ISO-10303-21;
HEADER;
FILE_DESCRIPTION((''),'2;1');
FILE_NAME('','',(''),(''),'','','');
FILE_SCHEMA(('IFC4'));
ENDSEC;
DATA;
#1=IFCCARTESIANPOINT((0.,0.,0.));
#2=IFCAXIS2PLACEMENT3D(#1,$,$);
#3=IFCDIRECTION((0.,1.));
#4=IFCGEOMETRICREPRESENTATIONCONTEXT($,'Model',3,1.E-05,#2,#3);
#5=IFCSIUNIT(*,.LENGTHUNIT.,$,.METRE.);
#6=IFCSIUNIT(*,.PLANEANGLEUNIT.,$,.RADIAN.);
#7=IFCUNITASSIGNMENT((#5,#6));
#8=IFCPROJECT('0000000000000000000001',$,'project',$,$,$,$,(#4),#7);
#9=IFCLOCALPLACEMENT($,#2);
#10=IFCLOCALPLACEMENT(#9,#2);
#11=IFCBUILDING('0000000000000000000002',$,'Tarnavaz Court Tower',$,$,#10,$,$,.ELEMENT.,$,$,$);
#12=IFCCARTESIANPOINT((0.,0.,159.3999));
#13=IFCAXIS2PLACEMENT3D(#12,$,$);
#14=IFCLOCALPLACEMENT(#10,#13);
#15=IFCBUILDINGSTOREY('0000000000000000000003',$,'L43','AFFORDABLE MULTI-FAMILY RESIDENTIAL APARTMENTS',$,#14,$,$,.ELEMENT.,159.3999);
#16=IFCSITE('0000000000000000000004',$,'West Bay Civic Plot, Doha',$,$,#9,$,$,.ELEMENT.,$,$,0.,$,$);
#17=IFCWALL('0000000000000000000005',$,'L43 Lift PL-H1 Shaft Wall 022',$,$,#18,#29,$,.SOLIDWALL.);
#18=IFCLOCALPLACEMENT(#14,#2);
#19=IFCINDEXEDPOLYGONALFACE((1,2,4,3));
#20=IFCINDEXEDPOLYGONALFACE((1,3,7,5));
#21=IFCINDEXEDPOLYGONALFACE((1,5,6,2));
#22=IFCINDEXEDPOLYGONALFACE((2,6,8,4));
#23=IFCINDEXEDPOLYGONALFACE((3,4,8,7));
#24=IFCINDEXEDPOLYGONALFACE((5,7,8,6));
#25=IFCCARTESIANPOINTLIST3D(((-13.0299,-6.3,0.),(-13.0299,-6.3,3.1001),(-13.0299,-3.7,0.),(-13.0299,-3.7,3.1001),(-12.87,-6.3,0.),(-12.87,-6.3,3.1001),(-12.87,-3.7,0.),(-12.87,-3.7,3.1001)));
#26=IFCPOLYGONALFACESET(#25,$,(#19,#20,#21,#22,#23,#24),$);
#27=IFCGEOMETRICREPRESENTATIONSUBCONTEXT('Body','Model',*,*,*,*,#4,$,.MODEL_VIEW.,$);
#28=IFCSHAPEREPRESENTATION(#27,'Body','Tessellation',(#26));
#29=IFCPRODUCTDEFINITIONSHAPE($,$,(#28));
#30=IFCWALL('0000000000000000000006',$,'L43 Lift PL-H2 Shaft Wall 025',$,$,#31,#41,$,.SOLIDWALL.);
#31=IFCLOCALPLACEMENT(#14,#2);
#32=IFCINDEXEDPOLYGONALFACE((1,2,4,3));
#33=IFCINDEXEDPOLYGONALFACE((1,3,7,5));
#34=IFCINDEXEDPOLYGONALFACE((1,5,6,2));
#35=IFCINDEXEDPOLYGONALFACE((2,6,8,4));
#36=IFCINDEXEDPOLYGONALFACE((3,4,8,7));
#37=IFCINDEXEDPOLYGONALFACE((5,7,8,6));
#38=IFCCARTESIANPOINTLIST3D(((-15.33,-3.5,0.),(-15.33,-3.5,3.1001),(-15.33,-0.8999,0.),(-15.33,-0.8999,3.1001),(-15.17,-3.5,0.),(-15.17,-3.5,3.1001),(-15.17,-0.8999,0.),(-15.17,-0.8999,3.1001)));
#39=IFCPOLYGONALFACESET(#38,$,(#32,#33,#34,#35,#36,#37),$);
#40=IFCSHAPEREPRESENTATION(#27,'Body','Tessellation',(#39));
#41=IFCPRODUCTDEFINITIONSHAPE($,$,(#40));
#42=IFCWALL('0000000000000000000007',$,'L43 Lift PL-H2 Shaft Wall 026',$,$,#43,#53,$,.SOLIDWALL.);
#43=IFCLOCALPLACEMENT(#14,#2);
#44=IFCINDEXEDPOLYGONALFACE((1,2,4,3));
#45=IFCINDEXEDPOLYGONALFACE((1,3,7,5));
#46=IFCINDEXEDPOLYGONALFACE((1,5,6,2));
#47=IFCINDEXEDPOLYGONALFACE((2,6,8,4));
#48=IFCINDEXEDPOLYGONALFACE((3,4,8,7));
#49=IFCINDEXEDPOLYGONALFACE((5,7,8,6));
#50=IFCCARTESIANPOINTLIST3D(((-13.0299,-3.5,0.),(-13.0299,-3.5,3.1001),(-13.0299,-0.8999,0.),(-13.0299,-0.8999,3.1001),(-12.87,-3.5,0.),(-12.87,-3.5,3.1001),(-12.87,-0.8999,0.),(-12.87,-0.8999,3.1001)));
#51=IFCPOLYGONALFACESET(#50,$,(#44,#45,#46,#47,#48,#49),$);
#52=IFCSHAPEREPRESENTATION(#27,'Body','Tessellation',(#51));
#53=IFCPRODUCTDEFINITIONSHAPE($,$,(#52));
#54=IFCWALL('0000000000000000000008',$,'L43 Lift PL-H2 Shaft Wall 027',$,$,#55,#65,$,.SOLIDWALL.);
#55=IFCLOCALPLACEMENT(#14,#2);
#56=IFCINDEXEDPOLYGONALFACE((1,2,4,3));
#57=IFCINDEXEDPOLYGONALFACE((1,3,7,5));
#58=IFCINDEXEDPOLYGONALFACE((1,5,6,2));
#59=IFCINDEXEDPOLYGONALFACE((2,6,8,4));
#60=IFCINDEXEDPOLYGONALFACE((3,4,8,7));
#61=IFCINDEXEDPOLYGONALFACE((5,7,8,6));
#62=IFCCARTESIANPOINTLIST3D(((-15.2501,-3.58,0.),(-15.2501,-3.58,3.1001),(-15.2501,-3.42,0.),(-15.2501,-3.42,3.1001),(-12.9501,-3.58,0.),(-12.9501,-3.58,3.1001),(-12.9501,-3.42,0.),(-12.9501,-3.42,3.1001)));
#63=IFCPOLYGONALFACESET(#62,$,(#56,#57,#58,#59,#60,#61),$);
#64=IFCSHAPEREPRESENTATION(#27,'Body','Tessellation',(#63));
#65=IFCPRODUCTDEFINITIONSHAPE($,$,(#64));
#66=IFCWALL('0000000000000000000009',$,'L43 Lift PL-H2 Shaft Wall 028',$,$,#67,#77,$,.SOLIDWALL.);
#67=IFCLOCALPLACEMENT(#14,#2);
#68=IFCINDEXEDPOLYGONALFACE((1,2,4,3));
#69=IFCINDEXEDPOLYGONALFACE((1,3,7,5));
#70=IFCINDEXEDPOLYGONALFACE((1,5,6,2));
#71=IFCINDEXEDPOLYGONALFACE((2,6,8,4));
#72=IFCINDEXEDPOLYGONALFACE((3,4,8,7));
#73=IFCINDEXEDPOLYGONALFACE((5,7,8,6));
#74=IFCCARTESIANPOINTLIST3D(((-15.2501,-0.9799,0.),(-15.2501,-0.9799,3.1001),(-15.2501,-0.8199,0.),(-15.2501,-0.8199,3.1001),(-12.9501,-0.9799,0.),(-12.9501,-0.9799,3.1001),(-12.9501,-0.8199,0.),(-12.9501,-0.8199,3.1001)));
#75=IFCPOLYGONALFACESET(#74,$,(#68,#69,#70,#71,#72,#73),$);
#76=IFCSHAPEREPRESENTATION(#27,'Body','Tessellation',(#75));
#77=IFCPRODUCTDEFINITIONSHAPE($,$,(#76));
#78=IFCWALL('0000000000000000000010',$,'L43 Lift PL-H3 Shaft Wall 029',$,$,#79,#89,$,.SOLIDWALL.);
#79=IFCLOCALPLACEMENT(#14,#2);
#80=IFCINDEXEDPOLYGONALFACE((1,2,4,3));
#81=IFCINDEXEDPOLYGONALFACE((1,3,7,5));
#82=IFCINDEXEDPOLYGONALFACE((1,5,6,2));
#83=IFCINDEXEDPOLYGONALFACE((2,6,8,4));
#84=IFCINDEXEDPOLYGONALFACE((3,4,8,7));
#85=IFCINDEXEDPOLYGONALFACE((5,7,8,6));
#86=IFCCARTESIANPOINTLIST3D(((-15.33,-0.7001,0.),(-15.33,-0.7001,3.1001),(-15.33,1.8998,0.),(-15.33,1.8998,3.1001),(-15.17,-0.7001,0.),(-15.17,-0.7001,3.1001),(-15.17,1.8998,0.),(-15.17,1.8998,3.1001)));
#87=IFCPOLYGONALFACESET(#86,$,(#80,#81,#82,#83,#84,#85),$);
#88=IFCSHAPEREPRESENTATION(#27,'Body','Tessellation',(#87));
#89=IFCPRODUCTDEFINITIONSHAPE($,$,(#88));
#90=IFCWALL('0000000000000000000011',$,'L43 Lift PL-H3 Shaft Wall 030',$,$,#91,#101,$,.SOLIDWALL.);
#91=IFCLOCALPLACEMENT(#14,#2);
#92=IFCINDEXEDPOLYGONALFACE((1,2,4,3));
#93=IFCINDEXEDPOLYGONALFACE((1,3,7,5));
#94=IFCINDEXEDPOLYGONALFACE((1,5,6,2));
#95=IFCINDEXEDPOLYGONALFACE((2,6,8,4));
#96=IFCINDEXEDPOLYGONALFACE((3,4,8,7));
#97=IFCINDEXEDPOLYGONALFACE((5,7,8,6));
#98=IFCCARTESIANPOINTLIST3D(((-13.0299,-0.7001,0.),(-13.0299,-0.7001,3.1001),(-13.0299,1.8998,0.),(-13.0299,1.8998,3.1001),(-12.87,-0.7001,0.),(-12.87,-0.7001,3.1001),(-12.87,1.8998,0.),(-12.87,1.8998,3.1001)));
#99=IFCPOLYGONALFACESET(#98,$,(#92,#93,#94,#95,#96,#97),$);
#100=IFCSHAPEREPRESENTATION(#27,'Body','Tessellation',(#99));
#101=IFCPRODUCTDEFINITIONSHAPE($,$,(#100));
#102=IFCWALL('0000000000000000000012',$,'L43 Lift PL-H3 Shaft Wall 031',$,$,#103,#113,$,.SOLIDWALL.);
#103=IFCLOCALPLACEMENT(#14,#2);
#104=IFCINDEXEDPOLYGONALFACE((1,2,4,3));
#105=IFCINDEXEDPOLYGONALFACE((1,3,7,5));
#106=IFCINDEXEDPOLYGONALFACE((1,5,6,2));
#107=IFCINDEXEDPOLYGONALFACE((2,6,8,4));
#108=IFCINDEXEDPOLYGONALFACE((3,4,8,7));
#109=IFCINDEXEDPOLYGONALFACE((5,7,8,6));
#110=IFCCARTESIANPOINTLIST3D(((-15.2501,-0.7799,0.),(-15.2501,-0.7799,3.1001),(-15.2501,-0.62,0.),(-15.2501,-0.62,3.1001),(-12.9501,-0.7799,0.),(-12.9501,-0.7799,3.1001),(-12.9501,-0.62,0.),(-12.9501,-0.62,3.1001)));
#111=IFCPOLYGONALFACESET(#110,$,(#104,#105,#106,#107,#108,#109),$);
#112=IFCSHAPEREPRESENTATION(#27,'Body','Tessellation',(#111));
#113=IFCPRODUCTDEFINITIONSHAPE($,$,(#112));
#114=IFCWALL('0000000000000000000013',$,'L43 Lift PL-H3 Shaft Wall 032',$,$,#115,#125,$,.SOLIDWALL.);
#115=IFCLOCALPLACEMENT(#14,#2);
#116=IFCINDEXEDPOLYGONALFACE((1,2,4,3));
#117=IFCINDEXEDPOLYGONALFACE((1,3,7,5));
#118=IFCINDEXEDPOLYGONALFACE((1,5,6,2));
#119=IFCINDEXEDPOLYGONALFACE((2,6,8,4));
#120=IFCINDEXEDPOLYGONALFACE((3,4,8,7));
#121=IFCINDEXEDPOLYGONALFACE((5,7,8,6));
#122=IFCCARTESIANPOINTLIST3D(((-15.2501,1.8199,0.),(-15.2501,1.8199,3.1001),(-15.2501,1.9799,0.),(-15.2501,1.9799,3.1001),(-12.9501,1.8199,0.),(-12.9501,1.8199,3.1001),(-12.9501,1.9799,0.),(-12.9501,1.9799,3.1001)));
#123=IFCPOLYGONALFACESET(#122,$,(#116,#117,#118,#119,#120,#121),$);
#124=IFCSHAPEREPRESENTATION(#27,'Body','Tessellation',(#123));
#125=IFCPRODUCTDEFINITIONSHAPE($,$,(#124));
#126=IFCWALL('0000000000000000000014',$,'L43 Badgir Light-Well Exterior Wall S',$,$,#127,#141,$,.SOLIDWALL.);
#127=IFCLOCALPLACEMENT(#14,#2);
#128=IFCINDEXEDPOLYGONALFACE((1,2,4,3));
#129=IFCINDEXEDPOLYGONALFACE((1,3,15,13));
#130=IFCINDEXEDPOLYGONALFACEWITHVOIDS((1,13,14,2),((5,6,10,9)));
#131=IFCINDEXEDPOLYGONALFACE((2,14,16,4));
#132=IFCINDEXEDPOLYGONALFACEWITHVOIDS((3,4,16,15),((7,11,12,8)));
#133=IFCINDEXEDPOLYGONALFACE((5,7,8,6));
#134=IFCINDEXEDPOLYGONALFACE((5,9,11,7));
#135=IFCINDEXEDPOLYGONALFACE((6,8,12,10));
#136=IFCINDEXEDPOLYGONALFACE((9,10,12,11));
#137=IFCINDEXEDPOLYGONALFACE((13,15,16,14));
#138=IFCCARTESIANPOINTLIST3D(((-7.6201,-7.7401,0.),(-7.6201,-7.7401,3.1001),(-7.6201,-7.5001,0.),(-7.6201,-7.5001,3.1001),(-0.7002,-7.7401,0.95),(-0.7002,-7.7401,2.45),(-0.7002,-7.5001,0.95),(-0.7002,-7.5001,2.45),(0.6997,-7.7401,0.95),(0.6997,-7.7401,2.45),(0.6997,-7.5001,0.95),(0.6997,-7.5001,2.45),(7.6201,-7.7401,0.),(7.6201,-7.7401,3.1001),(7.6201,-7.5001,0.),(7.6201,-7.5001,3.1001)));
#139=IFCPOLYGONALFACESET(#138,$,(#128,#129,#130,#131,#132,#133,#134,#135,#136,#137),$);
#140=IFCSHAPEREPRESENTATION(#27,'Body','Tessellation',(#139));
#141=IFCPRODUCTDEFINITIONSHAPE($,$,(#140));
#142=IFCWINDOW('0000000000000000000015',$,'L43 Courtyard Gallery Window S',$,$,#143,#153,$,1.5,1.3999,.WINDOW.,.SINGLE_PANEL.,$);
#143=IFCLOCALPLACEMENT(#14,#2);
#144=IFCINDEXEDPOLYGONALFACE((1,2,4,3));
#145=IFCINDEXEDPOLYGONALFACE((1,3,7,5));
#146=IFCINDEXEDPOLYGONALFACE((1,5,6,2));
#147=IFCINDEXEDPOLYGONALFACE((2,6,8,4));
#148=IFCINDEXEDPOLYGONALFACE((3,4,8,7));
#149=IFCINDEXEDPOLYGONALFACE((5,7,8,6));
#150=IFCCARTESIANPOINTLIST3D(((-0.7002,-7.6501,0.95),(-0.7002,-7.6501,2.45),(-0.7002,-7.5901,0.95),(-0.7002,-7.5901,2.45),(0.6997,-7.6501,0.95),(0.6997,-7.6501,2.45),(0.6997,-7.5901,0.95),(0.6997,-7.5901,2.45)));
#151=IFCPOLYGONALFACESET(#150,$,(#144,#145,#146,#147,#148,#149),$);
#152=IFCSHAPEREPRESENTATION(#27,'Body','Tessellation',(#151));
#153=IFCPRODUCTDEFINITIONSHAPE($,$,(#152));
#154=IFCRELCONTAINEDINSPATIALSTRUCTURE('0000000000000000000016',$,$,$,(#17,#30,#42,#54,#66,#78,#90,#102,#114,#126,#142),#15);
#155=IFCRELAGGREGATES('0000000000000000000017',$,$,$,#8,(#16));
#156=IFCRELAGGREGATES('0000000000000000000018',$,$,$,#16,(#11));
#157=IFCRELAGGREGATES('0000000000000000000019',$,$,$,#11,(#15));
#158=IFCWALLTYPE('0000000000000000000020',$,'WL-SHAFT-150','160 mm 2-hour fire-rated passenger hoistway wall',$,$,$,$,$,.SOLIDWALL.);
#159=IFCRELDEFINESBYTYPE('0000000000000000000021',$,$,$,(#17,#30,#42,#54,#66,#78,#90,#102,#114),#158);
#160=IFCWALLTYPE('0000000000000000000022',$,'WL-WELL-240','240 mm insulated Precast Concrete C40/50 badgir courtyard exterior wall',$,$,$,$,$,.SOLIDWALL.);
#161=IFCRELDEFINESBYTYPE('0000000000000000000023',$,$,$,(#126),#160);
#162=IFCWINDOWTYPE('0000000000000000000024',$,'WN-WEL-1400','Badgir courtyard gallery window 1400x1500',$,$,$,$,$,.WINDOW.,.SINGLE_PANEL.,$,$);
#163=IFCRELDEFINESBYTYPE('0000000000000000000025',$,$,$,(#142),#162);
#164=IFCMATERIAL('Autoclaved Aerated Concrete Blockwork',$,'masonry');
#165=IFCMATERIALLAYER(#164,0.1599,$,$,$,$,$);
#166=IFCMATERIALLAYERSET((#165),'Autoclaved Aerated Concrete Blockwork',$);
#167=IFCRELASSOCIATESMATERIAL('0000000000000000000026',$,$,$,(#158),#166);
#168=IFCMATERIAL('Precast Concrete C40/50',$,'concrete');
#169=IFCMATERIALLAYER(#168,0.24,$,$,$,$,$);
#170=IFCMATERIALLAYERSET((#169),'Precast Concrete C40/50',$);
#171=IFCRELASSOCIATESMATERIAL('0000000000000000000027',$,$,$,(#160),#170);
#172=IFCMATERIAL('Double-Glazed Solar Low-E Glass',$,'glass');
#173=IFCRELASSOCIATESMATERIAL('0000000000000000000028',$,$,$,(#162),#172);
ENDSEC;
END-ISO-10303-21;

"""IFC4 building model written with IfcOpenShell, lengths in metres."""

from ifc_helpers import new_model, si_unit, direction, frame, frame_2d, origin, place, context, subcontext, project, spatial, rectangle, extrude, material, layer, layer_set, type_object, element, fill, save


model = new_model("IFC4")

# Units and contexts
model_context = context("Model", 3, precision=1e-05, world=origin(), true_north=direction((0.0, 1.0)))
body_context = subcontext(model_context, "Body", "Model", "MODEL_VIEW")
ifc_project = project(units=[si_unit("LENGTHUNIT", "METRE"), si_unit("PLANEANGLEUNIT", "RADIAN")], contexts=[model_context])

# Site, building, storey
site_placement = place(None, origin())
site = spatial("IfcSite", under=ifc_project, at=site_placement, Name="West Bay Civic Plot, Doha", CompositionType="ELEMENT", RefElevation=0.0)
building_placement = place(site_placement, origin())
building = spatial("IfcBuilding", under=site, at=building_placement, Name="Tarnavaz Court Tower", CompositionType="ELEMENT")
storey_placement = place(building_placement, frame((0.0, 0.0, 159.3999)))
storey = spatial("IfcBuildingStorey", under=building, at=storey_placement, Name="L43", Description="AFFORDABLE MULTI-FAMILY RESIDENTIAL APARTMENTS", CompositionType="ELEMENT", Elevation=159.3999)

# Walls
ifc_material_1 = material(Name="Autoclaved Aerated Concrete Blockwork", Category="masonry")
ifc_layer_1 = layer(ifc_material_1, 0.1599)
ifc_layer_set_1 = layer_set([ifc_layer_1], Name="Autoclaved Aerated Concrete Blockwork")
wall_type_1 = type_object("IfcWallType", Name="WL-SHAFT-150", Description="160 mm 2-hour fire-rated passenger hoistway wall", PredefinedType="SOLIDWALL", material=ifc_layer_set_1)
for number, where, z_axis, x_axis, name in (
    (1, (-12.95, -6.3, 0.0), (0.0, 0.0, 1.0), (0.0, 1.0, 0.0), "L43 Lift PL-H1 Shaft Wall 022"),
    (2, (-15.25, -3.5, 0.0), (0.0, 0.0, 1.0), (0.0, 1.0, 0.0), "L43 Lift PL-H2 Shaft Wall 025"),
    (3, (-12.95, -3.5, 0.0), (0.0, 0.0, 1.0), (0.0, 1.0, 0.0), "L43 Lift PL-H2 Shaft Wall 026"),
):
    element("IfcWall", number, at=place(storey_placement, frame(where, z_axis=z_axis, x_axis=x_axis)), inside=storey, type_object=wall_type_1, Name=name, PredefinedType="SOLIDWALL", context=body_context, shape_type="SweptSolid", body=[
        extrude(rectangle(XDim=2.6001, YDim=0.1599, at=frame_2d((1.3, 0.0))), origin(), (0.0, 0.0, 1.0), 3.1001),
    ])
for number, where, z_axis, x_axis, name in (
    (4, (-15.25, -3.5, 0.0), (0.0, 0.0, 1.0), (1.0, 0.0, 0.0), "L43 Lift PL-H2 Shaft Wall 027"),
    (5, (-15.25, -0.8999, 0.0), (0.0, 0.0, 1.0), (1.0, 0.0, 0.0), "L43 Lift PL-H2 Shaft Wall 028"),
):
    element("IfcWall", number, at=place(storey_placement, frame(where, z_axis=z_axis, x_axis=x_axis)), inside=storey, type_object=wall_type_1, Name=name, PredefinedType="SOLIDWALL", context=body_context, shape_type="SweptSolid", body=[
        extrude(rectangle(XDim=2.3, YDim=0.1599, at=frame_2d((1.1499, 0.0))), origin(), (0.0, 0.0, 1.0), 3.1001),
    ])
for number, where, z_axis, x_axis, name in (
    (6, (-15.25, -0.7, 0.0), (0.0, 0.0, 1.0), (0.0, 1.0, 0.0), "L43 Lift PL-H3 Shaft Wall 029"),
    (7, (-12.95, -0.7, 0.0), (0.0, 0.0, 1.0), (0.0, 1.0, 0.0), "L43 Lift PL-H3 Shaft Wall 030"),
):
    element("IfcWall", number, at=place(storey_placement, frame(where, z_axis=z_axis, x_axis=x_axis)), inside=storey, type_object=wall_type_1, Name=name, PredefinedType="SOLIDWALL", context=body_context, shape_type="SweptSolid", body=[
        extrude(rectangle(XDim=2.5999, YDim=0.1599, at=frame_2d((1.2998, 0.0))), origin(), (0.0, 0.0, 1.0), 3.1001),
    ])
for number, where, z_axis, x_axis, name in (
    (8, (-15.25, -0.7, 0.0), (0.0, 0.0, 1.0), (1.0, 0.0, 0.0), "L43 Lift PL-H3 Shaft Wall 031"),
    (9, (-15.25, 1.8999, 0.0), (0.0, 0.0, 1.0), (1.0, 0.0, 0.0), "L43 Lift PL-H3 Shaft Wall 032"),
):
    element("IfcWall", number, at=place(storey_placement, frame(where, z_axis=z_axis, x_axis=x_axis)), inside=storey, type_object=wall_type_1, Name=name, PredefinedType="SOLIDWALL", context=body_context, shape_type="SweptSolid", body=[
        extrude(rectangle(XDim=2.3, YDim=0.1599, at=frame_2d((1.1499, 0.0))), origin(), (0.0, 0.0, 1.0), 3.1001),
    ])

# Wall, opening, window
ifc_material_2 = material(Name="Precast Concrete C40/50", Category="concrete")
ifc_layer_2 = layer(ifc_material_2, 0.24)
ifc_layer_set_2 = layer_set([ifc_layer_2], Name="Precast Concrete C40/50")
wall_type_2 = type_object("IfcWallType", Name="WL-WELL-240", Description="240 mm insulated Precast Concrete C40/50 badgir courtyard exterior wall", PredefinedType="SOLIDWALL", material=ifc_layer_set_2)
wall_1_placement = place(storey_placement, frame((-7.6201, -7.6201, 0.0), z_axis=(0.0, 0.0, 1.0), x_axis=(1.0, 0.0, 0.0)))
wall_1 = element("IfcWall", 10, at=wall_1_placement, inside=storey, type_object=wall_type_2, Name="L43 Badgir Light-Well Exterior Wall S", PredefinedType="SOLIDWALL", context=body_context, shape_type="SweptSolid", body=[
    extrude(rectangle(XDim=15.2402, YDim=0.24, at=frame_2d((7.6201, 0.0))), origin(), (0.0, 0.0, 1.0), 3.1001),
])
opening_1_placement = place(wall_1_placement, frame((6.9199, 0.0, 0.95)))
opening_1 = element("IfcOpeningElement", 11, at=opening_1_placement, cuts=wall_1, PredefinedType="OPENING", context=body_context, shape_type="SweptSolid", body=[
    extrude(rectangle(XDim=1.3999, YDim=1.5, at=frame_2d((0.7, 0.75))), frame((0.0, 0.1299, 0.0), z_axis=(0.0, -1.0, 0.0), x_axis=(1.0, 0.0, 0.0)), (0.0, 0.0, 1.0), 0.26),
])
ifc_material_3 = material(Name="Double-Glazed Solar Low-E Glass", Category="glass")
window_type = type_object("IfcWindowType", Name="WN-WEL-1400", Description="Badgir courtyard gallery window 1400x1500", PartitioningType="SINGLE_PANEL", PredefinedType="WINDOW", material=ifc_material_3)
window_placement = place(opening_1_placement, origin())
window = element("IfcWindow", 12, at=window_placement, inside=storey, type_object=window_type, Name="L43 Courtyard Gallery Window S", OverallHeight=1.5, OverallWidth=1.3999, PartitioningType="SINGLE_PANEL", PredefinedType="WINDOW", context=body_context, shape_type="SweptSolid", body=[
    extrude(rectangle(XDim=1.3999, YDim=1.5, at=frame_2d((0.7, 0.75))), frame((0.0, 0.03, 0.0), z_axis=(0.0, -1.0, 0.0), x_axis=(1.0, 0.0, 0.0)), (0.0, 0.0, 1.0), 0.0601),
])
fill(opening_1, window)

save(model, "model.ifc")
